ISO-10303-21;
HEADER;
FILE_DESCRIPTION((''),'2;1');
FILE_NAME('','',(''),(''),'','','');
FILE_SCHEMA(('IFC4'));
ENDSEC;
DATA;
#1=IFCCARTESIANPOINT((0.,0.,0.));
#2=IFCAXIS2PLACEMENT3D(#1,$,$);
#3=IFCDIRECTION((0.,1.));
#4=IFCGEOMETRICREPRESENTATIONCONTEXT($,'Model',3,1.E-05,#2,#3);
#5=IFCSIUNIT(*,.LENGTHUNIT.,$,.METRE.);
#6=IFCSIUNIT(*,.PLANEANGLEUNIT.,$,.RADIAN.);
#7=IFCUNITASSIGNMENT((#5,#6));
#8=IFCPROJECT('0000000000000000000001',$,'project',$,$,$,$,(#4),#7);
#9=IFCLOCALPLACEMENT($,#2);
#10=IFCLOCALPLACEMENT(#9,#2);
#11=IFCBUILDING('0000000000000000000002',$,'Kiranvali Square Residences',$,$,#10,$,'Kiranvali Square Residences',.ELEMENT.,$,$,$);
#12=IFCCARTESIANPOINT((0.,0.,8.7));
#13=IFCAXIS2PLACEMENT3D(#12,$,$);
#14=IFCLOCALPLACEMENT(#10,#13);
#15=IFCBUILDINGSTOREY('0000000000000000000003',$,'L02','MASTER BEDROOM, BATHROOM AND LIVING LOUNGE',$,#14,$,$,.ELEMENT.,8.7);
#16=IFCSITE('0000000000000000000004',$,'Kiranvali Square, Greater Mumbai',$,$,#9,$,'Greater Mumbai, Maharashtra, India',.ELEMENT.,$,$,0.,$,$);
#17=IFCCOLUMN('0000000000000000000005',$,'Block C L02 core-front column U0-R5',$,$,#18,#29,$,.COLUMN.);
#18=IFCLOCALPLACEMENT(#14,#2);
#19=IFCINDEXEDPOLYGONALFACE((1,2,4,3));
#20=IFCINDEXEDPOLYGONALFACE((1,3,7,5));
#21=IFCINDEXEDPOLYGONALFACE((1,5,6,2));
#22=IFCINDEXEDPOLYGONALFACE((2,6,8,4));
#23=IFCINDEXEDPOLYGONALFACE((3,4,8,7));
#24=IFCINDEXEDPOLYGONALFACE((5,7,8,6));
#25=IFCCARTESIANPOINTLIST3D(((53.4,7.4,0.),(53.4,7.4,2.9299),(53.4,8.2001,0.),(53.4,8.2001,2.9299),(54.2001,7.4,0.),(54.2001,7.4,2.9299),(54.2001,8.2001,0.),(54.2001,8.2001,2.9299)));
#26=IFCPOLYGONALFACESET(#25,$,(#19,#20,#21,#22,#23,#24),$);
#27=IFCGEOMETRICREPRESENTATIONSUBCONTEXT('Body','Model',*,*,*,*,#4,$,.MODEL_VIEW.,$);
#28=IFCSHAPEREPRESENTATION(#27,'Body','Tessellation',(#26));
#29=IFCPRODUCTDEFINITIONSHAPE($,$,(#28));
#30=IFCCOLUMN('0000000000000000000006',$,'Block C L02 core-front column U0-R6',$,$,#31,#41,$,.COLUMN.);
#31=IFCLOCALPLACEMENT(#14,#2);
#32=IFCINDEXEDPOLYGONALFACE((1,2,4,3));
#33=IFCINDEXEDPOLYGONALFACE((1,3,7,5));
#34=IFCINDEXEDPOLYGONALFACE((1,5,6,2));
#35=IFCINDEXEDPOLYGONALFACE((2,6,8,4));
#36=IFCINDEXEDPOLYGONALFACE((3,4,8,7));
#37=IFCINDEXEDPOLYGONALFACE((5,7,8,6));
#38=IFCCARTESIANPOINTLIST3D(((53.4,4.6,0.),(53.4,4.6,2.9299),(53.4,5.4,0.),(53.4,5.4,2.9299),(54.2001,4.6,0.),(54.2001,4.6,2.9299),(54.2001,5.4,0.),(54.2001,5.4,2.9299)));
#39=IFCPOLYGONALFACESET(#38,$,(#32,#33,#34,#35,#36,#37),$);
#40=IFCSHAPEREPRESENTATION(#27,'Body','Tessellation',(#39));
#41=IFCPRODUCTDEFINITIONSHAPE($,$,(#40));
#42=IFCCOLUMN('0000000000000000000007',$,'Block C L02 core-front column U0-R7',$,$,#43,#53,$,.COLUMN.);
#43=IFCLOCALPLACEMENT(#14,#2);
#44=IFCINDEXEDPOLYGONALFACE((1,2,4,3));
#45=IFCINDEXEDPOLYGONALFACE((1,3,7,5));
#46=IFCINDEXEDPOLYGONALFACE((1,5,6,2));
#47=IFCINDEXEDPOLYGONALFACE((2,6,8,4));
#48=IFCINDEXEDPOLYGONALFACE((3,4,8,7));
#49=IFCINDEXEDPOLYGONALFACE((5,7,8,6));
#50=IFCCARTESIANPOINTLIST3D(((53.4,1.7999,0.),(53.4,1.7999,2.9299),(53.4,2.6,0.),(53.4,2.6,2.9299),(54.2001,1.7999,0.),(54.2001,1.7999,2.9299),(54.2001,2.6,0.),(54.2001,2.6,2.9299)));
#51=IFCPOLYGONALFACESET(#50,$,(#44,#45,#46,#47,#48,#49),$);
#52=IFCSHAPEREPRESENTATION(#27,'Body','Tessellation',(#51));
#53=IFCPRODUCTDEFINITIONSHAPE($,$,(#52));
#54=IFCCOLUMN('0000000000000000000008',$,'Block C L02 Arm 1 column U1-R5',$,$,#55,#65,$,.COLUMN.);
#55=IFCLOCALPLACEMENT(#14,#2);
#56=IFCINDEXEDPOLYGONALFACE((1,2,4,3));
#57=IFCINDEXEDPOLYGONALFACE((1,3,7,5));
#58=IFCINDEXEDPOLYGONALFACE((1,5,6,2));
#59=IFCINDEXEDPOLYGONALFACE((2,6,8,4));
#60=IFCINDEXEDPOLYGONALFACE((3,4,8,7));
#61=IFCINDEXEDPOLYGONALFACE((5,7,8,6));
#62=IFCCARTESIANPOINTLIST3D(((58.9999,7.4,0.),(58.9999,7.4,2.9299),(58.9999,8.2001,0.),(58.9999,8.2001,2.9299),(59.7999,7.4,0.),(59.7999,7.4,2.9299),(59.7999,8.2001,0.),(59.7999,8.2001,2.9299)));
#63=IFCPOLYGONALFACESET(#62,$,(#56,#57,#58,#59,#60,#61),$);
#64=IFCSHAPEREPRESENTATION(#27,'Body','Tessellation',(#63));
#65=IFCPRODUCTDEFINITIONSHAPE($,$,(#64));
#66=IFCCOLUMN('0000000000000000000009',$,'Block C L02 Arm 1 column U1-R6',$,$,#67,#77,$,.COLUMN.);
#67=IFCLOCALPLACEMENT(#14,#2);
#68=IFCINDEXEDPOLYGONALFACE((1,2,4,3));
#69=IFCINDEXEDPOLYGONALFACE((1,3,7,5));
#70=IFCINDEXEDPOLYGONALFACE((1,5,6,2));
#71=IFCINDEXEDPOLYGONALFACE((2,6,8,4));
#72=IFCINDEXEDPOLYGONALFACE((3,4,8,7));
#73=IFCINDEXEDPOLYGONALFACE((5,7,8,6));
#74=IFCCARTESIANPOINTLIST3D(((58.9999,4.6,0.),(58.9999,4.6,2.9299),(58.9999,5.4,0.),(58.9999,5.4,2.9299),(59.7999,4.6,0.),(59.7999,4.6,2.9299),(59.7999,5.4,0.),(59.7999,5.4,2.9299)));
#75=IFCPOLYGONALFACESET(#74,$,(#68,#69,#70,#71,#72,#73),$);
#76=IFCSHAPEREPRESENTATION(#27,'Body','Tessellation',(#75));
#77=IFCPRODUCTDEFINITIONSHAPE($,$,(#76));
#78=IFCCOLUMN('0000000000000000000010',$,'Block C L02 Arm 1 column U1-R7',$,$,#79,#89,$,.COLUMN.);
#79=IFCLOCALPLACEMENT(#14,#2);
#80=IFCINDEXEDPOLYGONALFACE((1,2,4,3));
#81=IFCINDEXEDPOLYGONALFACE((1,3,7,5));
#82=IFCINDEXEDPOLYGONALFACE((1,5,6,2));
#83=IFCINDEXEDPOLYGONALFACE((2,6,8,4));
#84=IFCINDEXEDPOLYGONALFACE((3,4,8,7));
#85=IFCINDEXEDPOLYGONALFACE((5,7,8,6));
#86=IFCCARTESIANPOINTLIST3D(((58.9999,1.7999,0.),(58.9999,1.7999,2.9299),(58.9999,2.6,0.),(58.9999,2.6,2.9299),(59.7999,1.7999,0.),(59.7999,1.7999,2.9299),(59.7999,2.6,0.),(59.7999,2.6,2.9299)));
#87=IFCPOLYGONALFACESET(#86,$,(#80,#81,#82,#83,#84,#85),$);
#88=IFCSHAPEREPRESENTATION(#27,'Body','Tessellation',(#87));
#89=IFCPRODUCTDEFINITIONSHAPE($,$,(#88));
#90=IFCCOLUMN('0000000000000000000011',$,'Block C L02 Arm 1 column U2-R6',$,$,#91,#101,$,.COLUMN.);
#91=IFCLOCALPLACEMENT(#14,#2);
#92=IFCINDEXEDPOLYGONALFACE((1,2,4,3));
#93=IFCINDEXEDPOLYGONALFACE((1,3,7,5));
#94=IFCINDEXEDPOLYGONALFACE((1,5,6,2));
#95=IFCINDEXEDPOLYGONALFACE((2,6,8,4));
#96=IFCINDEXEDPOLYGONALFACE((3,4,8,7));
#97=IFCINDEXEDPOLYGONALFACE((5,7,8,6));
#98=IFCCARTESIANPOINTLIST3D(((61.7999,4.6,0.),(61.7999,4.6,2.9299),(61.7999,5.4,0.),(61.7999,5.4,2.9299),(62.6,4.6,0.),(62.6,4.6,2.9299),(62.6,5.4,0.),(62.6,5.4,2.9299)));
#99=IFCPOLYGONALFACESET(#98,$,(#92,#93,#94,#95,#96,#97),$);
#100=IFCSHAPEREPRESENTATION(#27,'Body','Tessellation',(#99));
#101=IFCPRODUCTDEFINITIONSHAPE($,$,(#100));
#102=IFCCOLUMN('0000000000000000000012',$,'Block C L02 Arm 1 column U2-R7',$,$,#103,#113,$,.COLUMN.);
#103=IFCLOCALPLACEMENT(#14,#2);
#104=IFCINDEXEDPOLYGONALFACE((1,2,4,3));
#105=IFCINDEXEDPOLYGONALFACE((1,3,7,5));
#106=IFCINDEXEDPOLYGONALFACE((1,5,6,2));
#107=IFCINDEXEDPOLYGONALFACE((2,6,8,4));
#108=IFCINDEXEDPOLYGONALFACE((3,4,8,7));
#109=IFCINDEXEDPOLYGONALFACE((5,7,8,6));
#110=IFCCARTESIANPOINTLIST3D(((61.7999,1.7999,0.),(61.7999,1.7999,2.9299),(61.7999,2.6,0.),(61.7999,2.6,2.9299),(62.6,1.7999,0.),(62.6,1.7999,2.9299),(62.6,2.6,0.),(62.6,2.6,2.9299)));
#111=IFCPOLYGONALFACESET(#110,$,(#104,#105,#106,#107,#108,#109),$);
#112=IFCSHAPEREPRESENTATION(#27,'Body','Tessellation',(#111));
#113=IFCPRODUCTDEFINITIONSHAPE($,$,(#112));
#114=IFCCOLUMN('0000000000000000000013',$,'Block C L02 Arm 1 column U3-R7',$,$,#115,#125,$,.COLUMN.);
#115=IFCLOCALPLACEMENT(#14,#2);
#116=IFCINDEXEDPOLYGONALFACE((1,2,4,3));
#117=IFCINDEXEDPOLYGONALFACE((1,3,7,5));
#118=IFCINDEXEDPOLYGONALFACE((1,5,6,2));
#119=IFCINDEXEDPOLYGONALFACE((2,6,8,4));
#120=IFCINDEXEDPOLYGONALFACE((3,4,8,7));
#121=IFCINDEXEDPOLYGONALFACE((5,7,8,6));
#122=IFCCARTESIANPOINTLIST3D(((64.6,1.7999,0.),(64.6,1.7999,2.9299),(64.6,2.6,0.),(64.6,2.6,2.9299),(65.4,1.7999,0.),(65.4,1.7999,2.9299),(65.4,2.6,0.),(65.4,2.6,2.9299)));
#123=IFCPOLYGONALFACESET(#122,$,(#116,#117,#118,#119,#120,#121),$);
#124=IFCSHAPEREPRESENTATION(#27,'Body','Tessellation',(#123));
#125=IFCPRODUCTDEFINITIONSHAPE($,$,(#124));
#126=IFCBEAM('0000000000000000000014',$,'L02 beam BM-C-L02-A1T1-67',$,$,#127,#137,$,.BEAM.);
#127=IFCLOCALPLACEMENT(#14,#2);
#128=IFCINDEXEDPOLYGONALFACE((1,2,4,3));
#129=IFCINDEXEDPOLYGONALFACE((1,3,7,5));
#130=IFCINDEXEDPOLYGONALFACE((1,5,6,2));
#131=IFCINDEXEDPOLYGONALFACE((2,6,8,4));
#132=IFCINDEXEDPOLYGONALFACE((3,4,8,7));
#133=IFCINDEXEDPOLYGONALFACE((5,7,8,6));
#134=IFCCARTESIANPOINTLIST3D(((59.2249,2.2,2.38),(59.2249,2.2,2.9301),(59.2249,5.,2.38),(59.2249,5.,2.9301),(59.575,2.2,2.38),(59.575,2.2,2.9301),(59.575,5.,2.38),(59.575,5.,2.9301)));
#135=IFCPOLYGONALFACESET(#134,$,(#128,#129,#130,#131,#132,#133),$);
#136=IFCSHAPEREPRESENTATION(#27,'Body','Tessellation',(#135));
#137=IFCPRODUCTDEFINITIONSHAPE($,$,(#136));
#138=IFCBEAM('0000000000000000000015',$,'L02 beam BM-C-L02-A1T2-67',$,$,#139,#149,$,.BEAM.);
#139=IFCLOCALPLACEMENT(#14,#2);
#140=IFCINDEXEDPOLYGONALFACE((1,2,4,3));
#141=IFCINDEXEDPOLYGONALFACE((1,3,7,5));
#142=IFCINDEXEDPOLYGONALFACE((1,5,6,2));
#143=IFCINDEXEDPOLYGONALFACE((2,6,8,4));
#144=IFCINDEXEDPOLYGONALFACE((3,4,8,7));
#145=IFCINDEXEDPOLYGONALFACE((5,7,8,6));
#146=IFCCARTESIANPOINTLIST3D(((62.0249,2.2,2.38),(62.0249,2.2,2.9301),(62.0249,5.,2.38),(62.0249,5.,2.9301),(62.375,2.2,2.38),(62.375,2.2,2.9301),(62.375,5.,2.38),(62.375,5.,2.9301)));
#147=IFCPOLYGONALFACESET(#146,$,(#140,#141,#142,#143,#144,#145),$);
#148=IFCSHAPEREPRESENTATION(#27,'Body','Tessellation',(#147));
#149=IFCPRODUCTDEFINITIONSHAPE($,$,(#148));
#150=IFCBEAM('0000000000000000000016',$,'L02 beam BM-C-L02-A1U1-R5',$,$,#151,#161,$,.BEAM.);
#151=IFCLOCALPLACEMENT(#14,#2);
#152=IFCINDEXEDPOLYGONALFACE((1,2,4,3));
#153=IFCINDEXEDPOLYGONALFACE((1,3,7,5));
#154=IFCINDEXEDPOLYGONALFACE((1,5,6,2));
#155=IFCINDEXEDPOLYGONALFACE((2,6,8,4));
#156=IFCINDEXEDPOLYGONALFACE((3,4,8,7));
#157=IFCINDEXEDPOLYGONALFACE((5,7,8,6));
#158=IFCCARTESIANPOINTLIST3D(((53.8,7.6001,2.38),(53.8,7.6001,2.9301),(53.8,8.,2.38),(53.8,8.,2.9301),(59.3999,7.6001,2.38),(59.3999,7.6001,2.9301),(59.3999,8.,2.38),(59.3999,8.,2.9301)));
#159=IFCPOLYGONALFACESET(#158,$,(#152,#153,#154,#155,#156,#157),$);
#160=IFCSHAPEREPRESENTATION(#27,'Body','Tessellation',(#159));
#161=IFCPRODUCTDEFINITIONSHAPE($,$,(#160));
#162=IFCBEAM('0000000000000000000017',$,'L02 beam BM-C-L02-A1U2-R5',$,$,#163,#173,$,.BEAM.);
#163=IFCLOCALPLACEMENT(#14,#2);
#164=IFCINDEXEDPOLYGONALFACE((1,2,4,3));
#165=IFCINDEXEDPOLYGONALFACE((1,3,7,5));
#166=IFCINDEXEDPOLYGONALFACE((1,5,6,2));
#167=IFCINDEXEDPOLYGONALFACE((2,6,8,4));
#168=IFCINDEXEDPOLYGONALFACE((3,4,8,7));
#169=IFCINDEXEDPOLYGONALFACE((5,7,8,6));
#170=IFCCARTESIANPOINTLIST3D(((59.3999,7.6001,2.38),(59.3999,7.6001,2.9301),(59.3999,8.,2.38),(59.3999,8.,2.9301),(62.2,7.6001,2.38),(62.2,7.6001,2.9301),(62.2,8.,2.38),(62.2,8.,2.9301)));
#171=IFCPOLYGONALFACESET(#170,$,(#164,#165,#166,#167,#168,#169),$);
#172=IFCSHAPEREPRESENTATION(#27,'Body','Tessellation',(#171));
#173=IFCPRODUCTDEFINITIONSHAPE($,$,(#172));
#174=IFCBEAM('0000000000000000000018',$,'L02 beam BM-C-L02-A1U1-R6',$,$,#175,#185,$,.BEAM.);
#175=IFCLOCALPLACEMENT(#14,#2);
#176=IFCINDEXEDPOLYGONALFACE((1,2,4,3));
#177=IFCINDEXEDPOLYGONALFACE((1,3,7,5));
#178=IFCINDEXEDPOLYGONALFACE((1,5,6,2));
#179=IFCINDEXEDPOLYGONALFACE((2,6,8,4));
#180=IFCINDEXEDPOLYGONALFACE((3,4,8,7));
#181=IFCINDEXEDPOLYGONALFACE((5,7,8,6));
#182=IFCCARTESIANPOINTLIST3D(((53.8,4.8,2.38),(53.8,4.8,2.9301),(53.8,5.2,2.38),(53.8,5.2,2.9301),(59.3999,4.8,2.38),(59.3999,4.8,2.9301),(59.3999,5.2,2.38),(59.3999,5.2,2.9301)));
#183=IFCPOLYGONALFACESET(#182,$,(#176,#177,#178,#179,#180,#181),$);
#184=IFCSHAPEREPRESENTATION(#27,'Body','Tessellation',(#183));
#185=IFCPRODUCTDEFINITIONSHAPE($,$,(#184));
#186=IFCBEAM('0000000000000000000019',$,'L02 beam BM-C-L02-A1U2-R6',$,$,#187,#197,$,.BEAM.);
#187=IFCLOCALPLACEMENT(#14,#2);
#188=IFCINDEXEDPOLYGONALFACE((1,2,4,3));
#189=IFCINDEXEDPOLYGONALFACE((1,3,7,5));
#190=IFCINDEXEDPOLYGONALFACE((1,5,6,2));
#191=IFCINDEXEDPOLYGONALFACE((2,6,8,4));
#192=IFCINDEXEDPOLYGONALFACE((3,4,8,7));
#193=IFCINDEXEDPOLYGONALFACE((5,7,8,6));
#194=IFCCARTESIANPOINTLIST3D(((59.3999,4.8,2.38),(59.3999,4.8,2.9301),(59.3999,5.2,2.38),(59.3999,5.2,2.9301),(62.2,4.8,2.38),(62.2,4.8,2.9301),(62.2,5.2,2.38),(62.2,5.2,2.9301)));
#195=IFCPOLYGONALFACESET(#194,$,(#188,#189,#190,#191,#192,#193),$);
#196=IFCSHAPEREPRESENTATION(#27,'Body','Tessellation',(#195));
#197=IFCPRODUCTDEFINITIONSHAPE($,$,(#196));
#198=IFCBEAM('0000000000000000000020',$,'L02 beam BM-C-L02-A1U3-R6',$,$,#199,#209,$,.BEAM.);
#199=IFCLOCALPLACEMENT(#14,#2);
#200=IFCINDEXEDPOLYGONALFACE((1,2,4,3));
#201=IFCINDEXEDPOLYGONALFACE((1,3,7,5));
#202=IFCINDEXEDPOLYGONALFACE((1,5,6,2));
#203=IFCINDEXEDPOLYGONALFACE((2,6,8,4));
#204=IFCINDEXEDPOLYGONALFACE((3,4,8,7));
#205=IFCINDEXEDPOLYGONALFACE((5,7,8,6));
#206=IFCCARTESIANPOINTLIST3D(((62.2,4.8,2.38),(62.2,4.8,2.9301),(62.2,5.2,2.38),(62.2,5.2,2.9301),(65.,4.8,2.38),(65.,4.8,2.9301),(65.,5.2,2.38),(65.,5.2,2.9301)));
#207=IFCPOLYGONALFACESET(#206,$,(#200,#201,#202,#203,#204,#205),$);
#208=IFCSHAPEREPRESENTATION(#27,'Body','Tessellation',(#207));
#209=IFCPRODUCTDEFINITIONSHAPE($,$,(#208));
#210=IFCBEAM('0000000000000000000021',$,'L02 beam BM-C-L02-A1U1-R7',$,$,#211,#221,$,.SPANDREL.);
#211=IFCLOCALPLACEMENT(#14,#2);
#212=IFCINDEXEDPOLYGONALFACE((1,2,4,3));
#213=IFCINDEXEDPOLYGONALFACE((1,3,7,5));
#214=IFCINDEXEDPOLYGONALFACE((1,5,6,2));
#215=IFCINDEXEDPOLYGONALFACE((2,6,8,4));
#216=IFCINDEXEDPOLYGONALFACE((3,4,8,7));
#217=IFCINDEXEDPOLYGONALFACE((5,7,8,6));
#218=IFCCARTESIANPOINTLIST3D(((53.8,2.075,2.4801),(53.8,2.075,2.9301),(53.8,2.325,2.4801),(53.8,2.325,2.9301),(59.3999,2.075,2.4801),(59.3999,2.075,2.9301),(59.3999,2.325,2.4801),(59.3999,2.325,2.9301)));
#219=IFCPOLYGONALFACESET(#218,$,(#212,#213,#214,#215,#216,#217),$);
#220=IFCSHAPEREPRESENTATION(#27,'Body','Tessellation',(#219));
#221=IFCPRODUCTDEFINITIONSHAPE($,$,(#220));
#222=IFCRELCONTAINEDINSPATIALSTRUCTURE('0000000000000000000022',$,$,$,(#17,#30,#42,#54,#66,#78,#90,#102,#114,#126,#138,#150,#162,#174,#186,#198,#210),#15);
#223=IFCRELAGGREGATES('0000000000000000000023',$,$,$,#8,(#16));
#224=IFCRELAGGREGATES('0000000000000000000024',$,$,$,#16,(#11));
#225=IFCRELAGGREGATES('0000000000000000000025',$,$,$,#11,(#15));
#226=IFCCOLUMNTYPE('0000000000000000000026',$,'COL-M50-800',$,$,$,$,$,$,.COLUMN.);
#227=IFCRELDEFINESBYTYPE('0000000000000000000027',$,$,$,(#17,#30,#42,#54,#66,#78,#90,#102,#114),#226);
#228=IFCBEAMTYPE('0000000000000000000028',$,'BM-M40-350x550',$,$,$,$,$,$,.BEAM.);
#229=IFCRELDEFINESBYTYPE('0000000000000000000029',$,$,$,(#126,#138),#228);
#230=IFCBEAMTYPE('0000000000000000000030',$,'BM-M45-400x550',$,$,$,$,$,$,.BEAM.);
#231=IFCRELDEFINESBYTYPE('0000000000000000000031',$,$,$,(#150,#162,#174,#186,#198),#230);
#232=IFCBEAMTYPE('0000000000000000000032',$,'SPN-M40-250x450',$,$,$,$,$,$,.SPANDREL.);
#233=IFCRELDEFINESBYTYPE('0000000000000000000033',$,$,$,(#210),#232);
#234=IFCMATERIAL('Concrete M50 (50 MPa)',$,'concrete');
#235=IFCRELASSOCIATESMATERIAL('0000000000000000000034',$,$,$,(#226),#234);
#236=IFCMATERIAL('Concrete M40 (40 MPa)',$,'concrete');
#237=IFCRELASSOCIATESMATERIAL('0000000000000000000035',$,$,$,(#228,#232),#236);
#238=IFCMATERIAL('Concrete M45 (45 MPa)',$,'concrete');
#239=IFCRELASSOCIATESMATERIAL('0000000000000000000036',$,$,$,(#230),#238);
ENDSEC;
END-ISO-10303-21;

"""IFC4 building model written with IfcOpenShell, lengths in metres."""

from ifc_helpers import new_model, si_unit, direction, frame, origin, origin_2d, place, context, subcontext, project, spatial, rectangle, extrude, material, material_profile, profile_set, type_object, element, save


model = new_model("IFC4")

# Units and contexts
model_context = context("Model", 3, precision=1e-05, world=origin(), true_north=direction((0.0, 1.0)))
body_context = subcontext(model_context, "Body", "Model", "MODEL_VIEW")
ifc_project = project(units=[si_unit("LENGTHUNIT", "METRE"), si_unit("PLANEANGLEUNIT", "RADIAN")], contexts=[model_context])

# Site, building, storey
site_placement = place(None, origin())
site = spatial("IfcSite", under=ifc_project, at=site_placement, Name="Kiranvali Square, Greater Mumbai", LongName="Greater Mumbai, Maharashtra, India", CompositionType="ELEMENT", RefElevation=0.0)
building_placement = place(site_placement, origin())
building = spatial("IfcBuilding", under=site, at=building_placement, Name="Kiranvali Square Residences", LongName="Kiranvali Square Residences", CompositionType="ELEMENT")
storey_placement = place(building_placement, frame((0.0, 0.0, 8.7)))
storey = spatial("IfcBuildingStorey", under=building, at=storey_placement, Name="L02", Description="MASTER BEDROOM, BATHROOM AND LIVING LOUNGE", CompositionType="ELEMENT", Elevation=8.7)

# Columns
ifc_material_1 = material(Name="Concrete M50 (50 MPa)", Category="concrete")
ifc_material_profile_1 = material_profile(ifc_material_1, rectangle(XDim=0.8, YDim=0.8, at=origin_2d()), Name="RC 800x800")
ifc_profile_set_1 = profile_set([ifc_material_profile_1], Name="Concrete M50 (50 MPa)")
column_type = type_object("IfcColumnType", Name="COL-M50-800", PredefinedType="COLUMN", material=ifc_profile_set_1)
for number, where, z_axis, x_axis, name in (
    (1, (53.8, 7.8, 0.0), (0.0, 0.0, 1.0), (1.0, 0.0, 0.0), "Block C L02 core-front column U0-R5"),
    (2, (53.8, 5.0, 0.0), (0.0, 0.0, 1.0), (1.0, 0.0, 0.0), "Block C L02 core-front column U0-R6"),
    (3, (53.8, 2.2, 0.0), (0.0, 0.0, 1.0), (1.0, 0.0, 0.0), "Block C L02 core-front column U0-R7"),
    (4, (59.3999, 7.8, 0.0), (0.0, 0.0, 1.0), (1.0, 0.0, 0.0), "Block C L02 Arm 1 column U1-R5"),
    (5, (59.3999, 5.0, 0.0), (0.0, 0.0, 1.0), (1.0, 0.0, 0.0), "Block C L02 Arm 1 column U1-R6"),
    (6, (59.3999, 2.2, 0.0), (0.0, 0.0, 1.0), (1.0, 0.0, 0.0), "Block C L02 Arm 1 column U1-R7"),
    (7, (62.2, 5.0, 0.0), (0.0, 0.0, 1.0), (1.0, 0.0, 0.0), "Block C L02 Arm 1 column U2-R6"),
    (8, (62.2, 2.2, 0.0), (0.0, 0.0, 1.0), (1.0, 0.0, 0.0), "Block C L02 Arm 1 column U2-R7"),
    (9, (65.0, 2.2, 0.0), (0.0, 0.0, 1.0), (1.0, 0.0, 0.0), "Block C L02 Arm 1 column U3-R7"),
):
    element("IfcColumn", number, at=place(storey_placement, frame(where, z_axis=z_axis, x_axis=x_axis)), inside=storey, type_object=column_type, Name=name, PredefinedType="COLUMN", context=body_context, shape_type="SweptSolid", body=[
        extrude(rectangle(XDim=0.8, YDim=0.8, at=origin_2d()), origin(), (0.0, 0.0, 1.0), 2.9299),
    ])

# Beams
ifc_material_2 = material(Name="Concrete M40 (40 MPa)", Category="concrete")
ifc_material_profile_2 = material_profile(ifc_material_2, rectangle(XDim=0.3501, YDim=0.55, at=origin_2d()), Name="RC 350x550")
ifc_profile_set_2 = profile_set([ifc_material_profile_2], Name="Concrete M40 (40 MPa)")
beam_type_1 = type_object("IfcBeamType", Name="BM-M40-350x550", PredefinedType="BEAM", material=ifc_profile_set_2)
for number, where, z_axis, x_axis, name in (
    (10, (59.3999, 5.0, 2.655), (0.0, -1.0, 0.0), (1.0, 0.0, 0.0), "L02 beam BM-C-L02-A1T1-67"),
    (11, (62.2, 5.0, 2.655), (0.0, -1.0, 0.0), (1.0, 0.0, 0.0), "L02 beam BM-C-L02-A1T2-67"),
):
    element("IfcBeam", number, at=place(storey_placement, frame(where, z_axis=z_axis, x_axis=x_axis)), inside=storey, type_object=beam_type_1, Name=name, PredefinedType="BEAM", context=body_context, shape_type="SweptSolid", body=[
        extrude(rectangle(XDim=0.3501, YDim=0.55, at=origin_2d()), origin(), (0.0, 0.0, 1.0), 2.8),
    ])
ifc_material_3 = material(Name="Concrete M45 (45 MPa)", Category="concrete")
ifc_material_profile_3 = material_profile(ifc_material_3, rectangle(XDim=0.3999, YDim=0.55, at=origin_2d()), Name="RC 400x550")
ifc_profile_set_3 = profile_set([ifc_material_profile_3], Name="Concrete M45 (45 MPa)")
beam_type_2 = type_object("IfcBeamType", Name="BM-M45-400x550", PredefinedType="BEAM", material=ifc_profile_set_3)
beam_1_placement = place(storey_placement, frame((53.8, 7.8, 2.655), z_axis=(1.0, 0.0, 0.0), x_axis=(0.0, 1.0, 0.0)))
element("IfcBeam", 12, at=beam_1_placement, inside=storey, type_object=beam_type_2, Name="L02 beam BM-C-L02-A1U1-R5", PredefinedType="BEAM", context=body_context, shape_type="SweptSolid", body=[
    extrude(rectangle(XDim=0.3999, YDim=0.55, at=origin_2d()), origin(), (0.0, 0.0, 1.0), 5.5999),
])
beam_2_placement = place(storey_placement, frame((59.3999, 7.8, 2.655), z_axis=(1.0, 0.0, 0.0), x_axis=(0.0, 1.0, 0.0)))
element("IfcBeam", 13, at=beam_2_placement, inside=storey, type_object=beam_type_2, Name="L02 beam BM-C-L02-A1U2-R5", PredefinedType="BEAM", context=body_context, shape_type="SweptSolid", body=[
    extrude(rectangle(XDim=0.3999, YDim=0.55, at=origin_2d()), origin(), (0.0, 0.0, 1.0), 2.8),
])
beam_3_placement = place(storey_placement, frame((53.8, 5.0, 2.655), z_axis=(1.0, 0.0, 0.0), x_axis=(0.0, 1.0, 0.0)))
element("IfcBeam", 14, at=beam_3_placement, inside=storey, type_object=beam_type_2, Name="L02 beam BM-C-L02-A1U1-R6", PredefinedType="BEAM", context=body_context, shape_type="SweptSolid", body=[
    extrude(rectangle(XDim=0.3999, YDim=0.55, at=origin_2d()), origin(), (0.0, 0.0, 1.0), 5.5999),
])
for number, where, z_axis, x_axis, name in (
    (15, (59.3999, 5.0, 2.655), (1.0, 0.0, 0.0), (0.0, 1.0, 0.0), "L02 beam BM-C-L02-A1U2-R6"),
    (16, (62.2, 5.0, 2.655), (1.0, 0.0, 0.0), (0.0, 1.0, 0.0), "L02 beam BM-C-L02-A1U3-R6"),
):
    element("IfcBeam", number, at=place(storey_placement, frame(where, z_axis=z_axis, x_axis=x_axis)), inside=storey, type_object=beam_type_2, Name=name, PredefinedType="BEAM", context=body_context, shape_type="SweptSolid", body=[
        extrude(rectangle(XDim=0.3999, YDim=0.55, at=origin_2d()), origin(), (0.0, 0.0, 1.0), 2.8),
    ])
ifc_material_profile_4 = material_profile(ifc_material_2, rectangle(XDim=0.25, YDim=0.45, at=origin_2d()), Name="RC 250x450")
ifc_profile_set_4 = profile_set([ifc_material_profile_4], Name="Concrete M40 (40 MPa)")
beam_type_3 = type_object("IfcBeamType", Name="SPN-M40-250x450", PredefinedType="SPANDREL", material=ifc_profile_set_4)
beam_4_placement = place(storey_placement, frame((53.8, 2.2, 2.7051), z_axis=(1.0, 0.0, 0.0), x_axis=(0.0, 1.0, 0.0)))
element("IfcBeam", 17, at=beam_4_placement, inside=storey, type_object=beam_type_3, Name="L02 beam BM-C-L02-A1U1-R7", PredefinedType="SPANDREL", context=body_context, shape_type="SweptSolid", body=[
    extrude(rectangle(XDim=0.25, YDim=0.45, at=origin_2d()), origin(), (0.0, 0.0, 1.0), 5.5999),
])

save(model, "model.ifc")
